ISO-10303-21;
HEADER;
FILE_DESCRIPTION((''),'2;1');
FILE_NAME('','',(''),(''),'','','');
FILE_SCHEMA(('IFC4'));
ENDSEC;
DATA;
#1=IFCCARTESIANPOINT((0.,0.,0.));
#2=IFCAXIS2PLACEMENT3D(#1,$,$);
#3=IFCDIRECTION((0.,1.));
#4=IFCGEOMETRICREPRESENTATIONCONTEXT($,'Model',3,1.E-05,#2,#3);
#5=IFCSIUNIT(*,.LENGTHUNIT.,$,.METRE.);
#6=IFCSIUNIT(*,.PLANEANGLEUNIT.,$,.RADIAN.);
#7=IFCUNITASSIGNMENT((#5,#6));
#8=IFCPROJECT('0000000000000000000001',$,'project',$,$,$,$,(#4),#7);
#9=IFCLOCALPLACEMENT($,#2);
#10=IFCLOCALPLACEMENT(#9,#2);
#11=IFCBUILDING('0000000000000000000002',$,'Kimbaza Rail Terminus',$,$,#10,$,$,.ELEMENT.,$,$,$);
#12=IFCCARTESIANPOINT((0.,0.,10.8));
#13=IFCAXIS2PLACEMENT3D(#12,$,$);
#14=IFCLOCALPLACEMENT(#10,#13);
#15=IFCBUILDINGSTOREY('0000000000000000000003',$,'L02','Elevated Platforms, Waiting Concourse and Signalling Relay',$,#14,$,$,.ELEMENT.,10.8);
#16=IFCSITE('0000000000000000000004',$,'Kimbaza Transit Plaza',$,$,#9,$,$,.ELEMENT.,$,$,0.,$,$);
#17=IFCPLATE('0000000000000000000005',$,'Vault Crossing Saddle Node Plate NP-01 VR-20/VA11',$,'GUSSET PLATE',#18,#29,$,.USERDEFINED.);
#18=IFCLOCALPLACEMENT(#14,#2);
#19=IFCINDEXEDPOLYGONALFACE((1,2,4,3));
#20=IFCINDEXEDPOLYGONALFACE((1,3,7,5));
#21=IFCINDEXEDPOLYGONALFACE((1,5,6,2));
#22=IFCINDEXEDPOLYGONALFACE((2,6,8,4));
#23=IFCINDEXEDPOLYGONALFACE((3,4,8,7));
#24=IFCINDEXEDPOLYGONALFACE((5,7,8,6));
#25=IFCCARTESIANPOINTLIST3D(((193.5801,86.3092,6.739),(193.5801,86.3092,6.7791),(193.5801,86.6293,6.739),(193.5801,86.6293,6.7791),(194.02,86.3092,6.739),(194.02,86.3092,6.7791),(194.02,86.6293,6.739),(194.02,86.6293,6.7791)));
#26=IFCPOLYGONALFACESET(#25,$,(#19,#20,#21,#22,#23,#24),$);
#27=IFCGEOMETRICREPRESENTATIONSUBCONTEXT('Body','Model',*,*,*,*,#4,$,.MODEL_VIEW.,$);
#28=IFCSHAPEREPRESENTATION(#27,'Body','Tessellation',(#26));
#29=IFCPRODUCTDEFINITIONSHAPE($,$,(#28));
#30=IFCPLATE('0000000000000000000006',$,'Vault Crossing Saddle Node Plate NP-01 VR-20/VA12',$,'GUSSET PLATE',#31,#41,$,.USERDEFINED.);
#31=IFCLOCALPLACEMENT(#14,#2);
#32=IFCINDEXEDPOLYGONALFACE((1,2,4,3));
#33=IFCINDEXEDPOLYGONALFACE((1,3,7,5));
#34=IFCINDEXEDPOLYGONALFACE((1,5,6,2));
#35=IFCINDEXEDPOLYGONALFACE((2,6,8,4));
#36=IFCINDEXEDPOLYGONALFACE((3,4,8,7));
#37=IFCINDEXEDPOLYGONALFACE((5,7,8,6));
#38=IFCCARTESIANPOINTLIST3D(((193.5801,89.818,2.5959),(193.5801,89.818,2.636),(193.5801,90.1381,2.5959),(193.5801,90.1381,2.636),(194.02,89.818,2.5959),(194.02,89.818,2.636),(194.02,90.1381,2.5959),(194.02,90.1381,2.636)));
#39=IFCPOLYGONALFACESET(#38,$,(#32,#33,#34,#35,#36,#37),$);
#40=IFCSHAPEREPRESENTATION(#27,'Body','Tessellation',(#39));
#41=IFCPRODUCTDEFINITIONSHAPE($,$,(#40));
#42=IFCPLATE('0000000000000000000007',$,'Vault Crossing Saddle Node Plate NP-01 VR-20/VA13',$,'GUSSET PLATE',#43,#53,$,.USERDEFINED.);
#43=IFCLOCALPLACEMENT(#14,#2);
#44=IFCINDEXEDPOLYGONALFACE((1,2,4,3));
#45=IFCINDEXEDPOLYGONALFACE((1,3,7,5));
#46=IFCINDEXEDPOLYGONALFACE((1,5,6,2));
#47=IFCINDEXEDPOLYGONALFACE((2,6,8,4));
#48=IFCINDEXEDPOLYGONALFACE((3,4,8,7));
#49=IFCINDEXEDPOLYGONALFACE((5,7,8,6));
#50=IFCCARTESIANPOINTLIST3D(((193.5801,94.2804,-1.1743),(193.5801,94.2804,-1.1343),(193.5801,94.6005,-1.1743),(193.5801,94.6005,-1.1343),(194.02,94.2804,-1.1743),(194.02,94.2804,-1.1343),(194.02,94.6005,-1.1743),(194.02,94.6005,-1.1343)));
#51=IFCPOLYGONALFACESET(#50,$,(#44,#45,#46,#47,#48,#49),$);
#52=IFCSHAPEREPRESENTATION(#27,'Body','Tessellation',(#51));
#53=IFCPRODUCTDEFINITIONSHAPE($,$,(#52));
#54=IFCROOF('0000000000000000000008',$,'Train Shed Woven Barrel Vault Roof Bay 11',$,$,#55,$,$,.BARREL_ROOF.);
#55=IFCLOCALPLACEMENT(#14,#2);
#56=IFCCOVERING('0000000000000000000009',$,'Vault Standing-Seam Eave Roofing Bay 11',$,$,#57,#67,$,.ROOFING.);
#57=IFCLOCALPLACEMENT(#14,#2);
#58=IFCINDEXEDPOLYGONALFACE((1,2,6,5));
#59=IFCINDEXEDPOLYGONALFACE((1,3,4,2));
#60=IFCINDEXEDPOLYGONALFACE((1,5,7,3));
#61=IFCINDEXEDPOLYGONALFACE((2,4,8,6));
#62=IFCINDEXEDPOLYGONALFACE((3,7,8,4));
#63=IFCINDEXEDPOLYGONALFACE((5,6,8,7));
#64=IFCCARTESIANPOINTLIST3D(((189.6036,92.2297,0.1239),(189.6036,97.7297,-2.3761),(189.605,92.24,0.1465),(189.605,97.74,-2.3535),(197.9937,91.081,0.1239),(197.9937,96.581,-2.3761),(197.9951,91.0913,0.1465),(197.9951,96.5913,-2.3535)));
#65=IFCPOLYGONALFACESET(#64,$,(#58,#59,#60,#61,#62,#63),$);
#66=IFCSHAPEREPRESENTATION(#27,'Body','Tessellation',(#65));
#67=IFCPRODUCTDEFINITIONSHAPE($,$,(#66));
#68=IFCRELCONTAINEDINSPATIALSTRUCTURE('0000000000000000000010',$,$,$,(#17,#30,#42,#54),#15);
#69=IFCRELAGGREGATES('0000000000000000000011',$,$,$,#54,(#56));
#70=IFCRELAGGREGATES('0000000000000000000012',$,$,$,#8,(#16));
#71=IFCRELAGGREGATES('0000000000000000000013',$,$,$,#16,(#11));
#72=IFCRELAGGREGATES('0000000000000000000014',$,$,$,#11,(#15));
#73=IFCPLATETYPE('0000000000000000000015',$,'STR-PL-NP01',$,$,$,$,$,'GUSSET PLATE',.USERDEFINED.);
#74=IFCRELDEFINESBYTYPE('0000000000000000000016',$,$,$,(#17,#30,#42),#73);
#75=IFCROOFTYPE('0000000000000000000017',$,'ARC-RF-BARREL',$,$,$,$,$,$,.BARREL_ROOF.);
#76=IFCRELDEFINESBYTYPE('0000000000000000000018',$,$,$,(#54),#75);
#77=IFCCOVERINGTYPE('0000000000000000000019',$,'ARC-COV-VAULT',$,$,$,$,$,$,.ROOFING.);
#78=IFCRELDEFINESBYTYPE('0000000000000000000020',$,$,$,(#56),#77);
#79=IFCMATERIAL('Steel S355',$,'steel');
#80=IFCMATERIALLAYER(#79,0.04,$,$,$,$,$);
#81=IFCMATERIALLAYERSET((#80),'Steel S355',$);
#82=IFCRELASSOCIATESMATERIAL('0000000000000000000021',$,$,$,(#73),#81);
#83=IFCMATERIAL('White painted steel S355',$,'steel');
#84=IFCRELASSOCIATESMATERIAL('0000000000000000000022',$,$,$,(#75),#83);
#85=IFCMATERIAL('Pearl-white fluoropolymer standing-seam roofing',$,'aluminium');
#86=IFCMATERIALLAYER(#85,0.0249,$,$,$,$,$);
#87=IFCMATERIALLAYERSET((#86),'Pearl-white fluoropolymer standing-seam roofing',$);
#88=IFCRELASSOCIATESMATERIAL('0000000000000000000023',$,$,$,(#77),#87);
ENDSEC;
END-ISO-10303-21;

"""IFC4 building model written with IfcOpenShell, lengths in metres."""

from ifc_helpers import new_model, si_unit, direction, frame, origin, origin_2d, place, context, subcontext, project, spatial, polyline, rectangle, outline, extrude, material, layer, layer_set, type_object, element, aggregate, save


model = new_model("IFC4")

# Units and contexts
model_context = context("Model", 3, precision=1e-05, world=origin(), true_north=direction((0.0, 1.0)))
body_context = subcontext(model_context, "Body", "Model", "MODEL_VIEW")
ifc_project = project(units=[si_unit("LENGTHUNIT", "METRE"), si_unit("PLANEANGLEUNIT", "RADIAN")], contexts=[model_context])

# Site, building, storey
site_placement = place(None, origin())
site = spatial("IfcSite", under=ifc_project, at=site_placement, Name="Kimbaza Transit Plaza", CompositionType="ELEMENT", RefElevation=0.0)
building_placement = place(site_placement, origin())
building = spatial("IfcBuilding", under=site, at=building_placement, Name="Kimbaza Rail Terminus", CompositionType="ELEMENT")
storey_placement = place(building_placement, frame((0.0, 0.0, 10.8)))
storey = spatial("IfcBuildingStorey", under=building, at=storey_placement, Name="L02", Description="Elevated Platforms, Waiting Concourse and Signalling Relay", CompositionType="ELEMENT", Elevation=10.8)

# Plates
ifc_material_1 = material(Name="Steel S355", Category="steel")
ifc_layer_1 = layer(ifc_material_1, 0.04)
ifc_layer_set_1 = layer_set([ifc_layer_1], Name="Steel S355")
plate_type_1 = type_object("IfcPlateType", Name="STR-PL-NP01", ElementType="GUSSET PLATE", PredefinedType="USERDEFINED", material=ifc_layer_set_1)
for number, where, z_axis, x_axis, name in (
    (1, (193.8, 86.4692, 6.739), (0.0, 0.0, 1.0), (1.0, 0.0, 0.0), "Vault Crossing Saddle Node Plate NP-01 VR-20/VA11"),
    (2, (193.8, 89.978, 2.5959), (0.0, 0.0, 1.0), (1.0, 0.0, 0.0), "Vault Crossing Saddle Node Plate NP-01 VR-20/VA12"),
    (3, (193.8, 94.4404, -1.1743), (0.0, 0.0, 1.0), (1.0, 0.0, 0.0), "Vault Crossing Saddle Node Plate NP-01 VR-20/VA13"),
):
    element("IfcPlate", number, at=place(storey_placement, frame(where, z_axis=z_axis, x_axis=x_axis)), inside=storey, type_object=plate_type_1, Name=name, ObjectType="GUSSET PLATE", PredefinedType="USERDEFINED", context=body_context, shape_type="SweptSolid", body=[
        extrude(rectangle(XDim=0.4399, YDim=0.3201, at=origin_2d()), origin(), (0.0, 0.0, 1.0), 0.04),
    ])

# Roof, covering
ifc_material_2 = material(Name="White painted steel S355", Category="steel")
roof_type = type_object("IfcRoofType", Name="ARC-RF-BARREL", PredefinedType="BARREL_ROOF", material=ifc_material_2)
roof_placement = place(storey_placement, origin())
roof = element("IfcRoof", 4, at=roof_placement, inside=storey, type_object=roof_type, Name="Train Shed Woven Barrel Vault Roof Bay 11", PredefinedType="BARREL_ROOF")
ifc_material_3 = material(Name="Pearl-white fluoropolymer standing-seam roofing", Category="aluminium")
ifc_layer_2 = layer(ifc_material_3, 0.0249)
ifc_layer_set_2 = layer_set([ifc_layer_2], Name="Pearl-white fluoropolymer standing-seam roofing")
covering_type = type_object("IfcCoveringType", Name="ARC-COV-VAULT", PredefinedType="ROOFING", material=ifc_layer_set_2)
covering_placement = place(storey_placement, frame((189.605, 92.24, 0.1465), z_axis=(0.056562, 0.41314, 0.908909), x_axis=(0.990758, -0.135643, 0.0)))
covering = element("IfcCovering", 5, at=covering_placement, type_object=covering_type, Name="Vault Standing-Seam Eave Roofing Bay 11", PredefinedType="ROOFING", context=body_context, shape_type="SweptSolid", body=[
    extrude(outline(polyline([(0.0, 0.0), (8.4684, 0.0), (7.7224, 5.9953), (-0.746, 5.9953), (0.0, 0.0)])), origin(), (0.0, 0.0, -1.0), 0.0249),
])
aggregate(roof, [covering])

save(model, "model.ifc")
